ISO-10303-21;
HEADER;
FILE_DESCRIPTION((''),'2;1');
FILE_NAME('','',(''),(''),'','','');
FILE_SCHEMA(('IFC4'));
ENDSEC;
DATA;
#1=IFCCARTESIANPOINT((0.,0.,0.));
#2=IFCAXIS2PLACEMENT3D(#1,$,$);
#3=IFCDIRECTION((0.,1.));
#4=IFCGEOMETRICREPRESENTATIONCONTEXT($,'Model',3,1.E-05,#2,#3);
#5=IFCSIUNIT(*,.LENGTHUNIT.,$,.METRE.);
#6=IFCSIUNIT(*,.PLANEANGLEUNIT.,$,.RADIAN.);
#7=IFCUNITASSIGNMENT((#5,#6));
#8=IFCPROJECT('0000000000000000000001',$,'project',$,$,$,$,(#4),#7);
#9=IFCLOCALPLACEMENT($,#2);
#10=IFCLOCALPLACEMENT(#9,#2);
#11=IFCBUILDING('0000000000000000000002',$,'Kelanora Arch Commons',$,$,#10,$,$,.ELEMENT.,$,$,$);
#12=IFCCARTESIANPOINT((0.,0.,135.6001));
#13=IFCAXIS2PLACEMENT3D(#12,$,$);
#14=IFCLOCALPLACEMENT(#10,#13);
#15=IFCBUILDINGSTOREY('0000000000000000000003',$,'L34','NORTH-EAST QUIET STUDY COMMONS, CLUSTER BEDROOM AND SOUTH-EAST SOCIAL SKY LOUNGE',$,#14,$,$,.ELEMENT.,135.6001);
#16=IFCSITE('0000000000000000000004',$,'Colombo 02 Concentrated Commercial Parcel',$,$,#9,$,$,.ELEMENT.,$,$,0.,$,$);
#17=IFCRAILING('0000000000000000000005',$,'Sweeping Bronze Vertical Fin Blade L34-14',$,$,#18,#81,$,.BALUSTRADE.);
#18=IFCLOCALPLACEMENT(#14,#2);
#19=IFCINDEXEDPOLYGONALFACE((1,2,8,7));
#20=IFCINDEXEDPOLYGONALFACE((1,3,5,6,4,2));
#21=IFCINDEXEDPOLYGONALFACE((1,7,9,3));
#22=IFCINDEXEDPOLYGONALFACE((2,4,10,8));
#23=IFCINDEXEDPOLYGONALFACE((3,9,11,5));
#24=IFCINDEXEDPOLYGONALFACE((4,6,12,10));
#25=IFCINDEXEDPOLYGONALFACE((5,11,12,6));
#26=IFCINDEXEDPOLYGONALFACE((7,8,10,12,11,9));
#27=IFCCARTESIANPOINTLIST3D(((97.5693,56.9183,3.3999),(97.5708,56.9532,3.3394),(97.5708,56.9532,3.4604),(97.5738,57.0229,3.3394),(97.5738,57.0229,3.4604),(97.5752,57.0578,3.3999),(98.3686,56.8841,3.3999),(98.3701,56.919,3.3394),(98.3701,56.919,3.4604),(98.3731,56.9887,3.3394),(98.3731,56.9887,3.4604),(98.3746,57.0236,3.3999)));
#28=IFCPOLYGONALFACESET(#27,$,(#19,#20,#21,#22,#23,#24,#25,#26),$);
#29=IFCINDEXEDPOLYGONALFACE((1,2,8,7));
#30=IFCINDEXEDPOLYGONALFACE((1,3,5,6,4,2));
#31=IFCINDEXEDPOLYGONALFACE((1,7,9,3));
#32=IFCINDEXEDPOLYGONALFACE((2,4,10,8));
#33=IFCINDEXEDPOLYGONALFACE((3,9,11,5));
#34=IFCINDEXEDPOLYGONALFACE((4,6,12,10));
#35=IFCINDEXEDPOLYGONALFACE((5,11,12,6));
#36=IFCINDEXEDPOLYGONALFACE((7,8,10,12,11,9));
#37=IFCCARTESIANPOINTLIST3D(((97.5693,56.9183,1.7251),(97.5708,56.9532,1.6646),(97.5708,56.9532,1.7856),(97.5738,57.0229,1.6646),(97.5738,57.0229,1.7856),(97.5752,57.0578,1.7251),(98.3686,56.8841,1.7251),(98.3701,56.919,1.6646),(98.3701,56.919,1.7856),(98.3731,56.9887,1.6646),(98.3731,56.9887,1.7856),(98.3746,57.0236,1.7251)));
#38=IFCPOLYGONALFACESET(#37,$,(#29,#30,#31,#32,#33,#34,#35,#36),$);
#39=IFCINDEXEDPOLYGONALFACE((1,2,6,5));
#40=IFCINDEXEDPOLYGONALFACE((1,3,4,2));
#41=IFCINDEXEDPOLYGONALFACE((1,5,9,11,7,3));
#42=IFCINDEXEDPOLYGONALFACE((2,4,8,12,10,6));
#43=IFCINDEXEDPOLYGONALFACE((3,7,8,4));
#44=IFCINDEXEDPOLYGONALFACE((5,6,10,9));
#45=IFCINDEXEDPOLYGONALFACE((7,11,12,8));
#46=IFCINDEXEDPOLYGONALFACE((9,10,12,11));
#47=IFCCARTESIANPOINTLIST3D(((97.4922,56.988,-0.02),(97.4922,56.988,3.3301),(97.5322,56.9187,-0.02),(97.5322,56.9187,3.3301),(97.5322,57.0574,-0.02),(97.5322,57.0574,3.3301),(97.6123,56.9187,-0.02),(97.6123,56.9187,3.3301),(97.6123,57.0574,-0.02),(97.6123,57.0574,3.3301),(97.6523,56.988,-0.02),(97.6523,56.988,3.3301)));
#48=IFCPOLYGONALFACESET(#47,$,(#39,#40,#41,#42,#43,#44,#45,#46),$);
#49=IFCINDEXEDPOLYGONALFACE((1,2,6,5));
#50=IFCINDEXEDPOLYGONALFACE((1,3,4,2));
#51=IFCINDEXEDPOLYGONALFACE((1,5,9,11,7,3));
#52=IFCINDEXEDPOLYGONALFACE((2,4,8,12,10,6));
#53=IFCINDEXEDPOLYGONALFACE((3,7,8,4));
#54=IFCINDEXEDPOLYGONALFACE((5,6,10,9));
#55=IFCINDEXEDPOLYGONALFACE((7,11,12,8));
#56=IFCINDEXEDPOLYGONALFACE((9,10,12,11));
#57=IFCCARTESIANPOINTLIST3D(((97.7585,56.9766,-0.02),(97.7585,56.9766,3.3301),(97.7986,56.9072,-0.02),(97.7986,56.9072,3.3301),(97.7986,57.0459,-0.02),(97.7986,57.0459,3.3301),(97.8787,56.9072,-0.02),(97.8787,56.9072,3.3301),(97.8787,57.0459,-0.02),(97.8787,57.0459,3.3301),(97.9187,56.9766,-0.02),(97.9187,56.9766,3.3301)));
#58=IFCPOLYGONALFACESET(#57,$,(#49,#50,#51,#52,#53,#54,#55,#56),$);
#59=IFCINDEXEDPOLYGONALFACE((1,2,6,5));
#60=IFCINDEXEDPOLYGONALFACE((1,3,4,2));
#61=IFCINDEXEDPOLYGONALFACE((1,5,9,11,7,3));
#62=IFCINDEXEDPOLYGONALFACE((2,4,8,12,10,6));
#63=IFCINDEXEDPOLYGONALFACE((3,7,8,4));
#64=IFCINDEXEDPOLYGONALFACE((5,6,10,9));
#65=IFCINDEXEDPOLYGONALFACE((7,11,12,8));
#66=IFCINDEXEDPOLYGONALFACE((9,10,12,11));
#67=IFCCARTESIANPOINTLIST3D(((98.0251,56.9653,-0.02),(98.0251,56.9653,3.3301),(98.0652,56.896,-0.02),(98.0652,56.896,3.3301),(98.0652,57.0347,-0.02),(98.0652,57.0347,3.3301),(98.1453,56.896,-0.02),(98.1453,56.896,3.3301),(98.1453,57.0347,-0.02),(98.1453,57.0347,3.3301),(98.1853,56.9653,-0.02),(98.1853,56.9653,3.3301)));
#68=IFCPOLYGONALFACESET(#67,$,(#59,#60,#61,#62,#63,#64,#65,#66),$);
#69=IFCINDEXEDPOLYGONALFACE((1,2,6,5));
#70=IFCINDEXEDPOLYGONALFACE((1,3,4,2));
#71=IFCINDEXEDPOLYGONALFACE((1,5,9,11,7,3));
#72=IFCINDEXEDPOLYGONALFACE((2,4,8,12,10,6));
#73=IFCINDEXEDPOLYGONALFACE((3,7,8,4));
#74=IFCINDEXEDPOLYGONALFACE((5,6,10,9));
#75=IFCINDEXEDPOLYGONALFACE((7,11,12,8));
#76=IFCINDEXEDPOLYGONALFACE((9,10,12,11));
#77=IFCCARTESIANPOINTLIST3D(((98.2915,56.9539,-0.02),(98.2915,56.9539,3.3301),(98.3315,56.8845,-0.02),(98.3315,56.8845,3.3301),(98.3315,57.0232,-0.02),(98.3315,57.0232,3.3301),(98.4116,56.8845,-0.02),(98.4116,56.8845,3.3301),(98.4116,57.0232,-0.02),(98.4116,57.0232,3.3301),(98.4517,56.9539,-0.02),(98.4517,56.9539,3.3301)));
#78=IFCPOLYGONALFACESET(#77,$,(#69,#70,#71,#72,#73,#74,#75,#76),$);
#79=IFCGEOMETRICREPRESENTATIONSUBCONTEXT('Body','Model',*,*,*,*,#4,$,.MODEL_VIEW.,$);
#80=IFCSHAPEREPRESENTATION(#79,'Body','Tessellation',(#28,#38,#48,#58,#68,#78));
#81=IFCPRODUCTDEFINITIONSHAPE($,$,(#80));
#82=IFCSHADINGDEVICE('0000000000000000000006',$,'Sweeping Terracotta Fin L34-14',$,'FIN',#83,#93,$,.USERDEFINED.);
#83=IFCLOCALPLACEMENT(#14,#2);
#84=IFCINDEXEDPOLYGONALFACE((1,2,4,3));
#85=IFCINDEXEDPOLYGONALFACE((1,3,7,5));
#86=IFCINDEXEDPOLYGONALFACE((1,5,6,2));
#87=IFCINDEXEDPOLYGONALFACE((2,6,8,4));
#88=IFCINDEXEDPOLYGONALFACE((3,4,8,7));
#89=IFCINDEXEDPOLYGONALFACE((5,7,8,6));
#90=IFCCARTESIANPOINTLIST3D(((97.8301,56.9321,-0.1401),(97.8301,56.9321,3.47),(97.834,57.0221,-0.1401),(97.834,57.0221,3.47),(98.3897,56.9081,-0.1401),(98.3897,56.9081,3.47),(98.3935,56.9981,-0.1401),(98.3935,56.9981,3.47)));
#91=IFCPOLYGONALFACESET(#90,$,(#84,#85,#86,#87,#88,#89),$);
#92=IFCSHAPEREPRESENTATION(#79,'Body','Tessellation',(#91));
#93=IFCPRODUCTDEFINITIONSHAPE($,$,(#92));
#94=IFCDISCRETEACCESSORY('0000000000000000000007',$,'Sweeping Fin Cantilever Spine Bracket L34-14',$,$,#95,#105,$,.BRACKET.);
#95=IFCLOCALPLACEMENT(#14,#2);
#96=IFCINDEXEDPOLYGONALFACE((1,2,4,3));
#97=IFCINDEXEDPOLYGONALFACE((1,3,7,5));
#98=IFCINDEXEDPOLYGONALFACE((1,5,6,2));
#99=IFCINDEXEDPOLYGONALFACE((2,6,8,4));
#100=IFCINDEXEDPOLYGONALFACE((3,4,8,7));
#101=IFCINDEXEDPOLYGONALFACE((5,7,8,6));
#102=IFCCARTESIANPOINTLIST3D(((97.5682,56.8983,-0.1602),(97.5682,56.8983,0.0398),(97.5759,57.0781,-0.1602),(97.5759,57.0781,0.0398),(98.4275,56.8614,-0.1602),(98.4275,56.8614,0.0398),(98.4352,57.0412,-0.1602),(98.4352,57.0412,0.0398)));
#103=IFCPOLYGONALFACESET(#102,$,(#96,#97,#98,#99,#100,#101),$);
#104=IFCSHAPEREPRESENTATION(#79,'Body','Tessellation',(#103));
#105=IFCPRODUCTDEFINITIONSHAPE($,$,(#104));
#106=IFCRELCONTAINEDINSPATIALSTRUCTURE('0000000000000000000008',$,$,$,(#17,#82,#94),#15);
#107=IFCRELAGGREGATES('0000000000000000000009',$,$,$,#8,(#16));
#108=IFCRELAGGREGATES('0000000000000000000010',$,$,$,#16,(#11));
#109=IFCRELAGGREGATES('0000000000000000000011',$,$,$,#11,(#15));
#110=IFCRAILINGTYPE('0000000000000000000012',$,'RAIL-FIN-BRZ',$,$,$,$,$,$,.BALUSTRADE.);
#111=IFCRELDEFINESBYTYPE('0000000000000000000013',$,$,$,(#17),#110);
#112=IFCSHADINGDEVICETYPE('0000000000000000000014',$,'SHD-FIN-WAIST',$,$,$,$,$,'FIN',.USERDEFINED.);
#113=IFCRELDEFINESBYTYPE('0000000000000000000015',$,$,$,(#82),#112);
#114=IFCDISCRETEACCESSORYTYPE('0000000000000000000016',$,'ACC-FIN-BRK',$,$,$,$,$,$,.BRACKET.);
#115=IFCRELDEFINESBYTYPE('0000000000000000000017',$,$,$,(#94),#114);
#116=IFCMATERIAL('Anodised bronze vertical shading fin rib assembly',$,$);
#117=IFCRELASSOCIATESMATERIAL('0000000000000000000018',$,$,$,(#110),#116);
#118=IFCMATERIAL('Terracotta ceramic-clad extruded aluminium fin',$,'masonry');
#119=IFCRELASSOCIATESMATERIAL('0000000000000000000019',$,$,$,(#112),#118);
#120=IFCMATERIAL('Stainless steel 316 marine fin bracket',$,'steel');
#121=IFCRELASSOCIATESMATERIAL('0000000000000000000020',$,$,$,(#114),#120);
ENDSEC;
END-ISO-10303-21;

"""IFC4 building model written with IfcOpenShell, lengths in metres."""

from ifc_helpers import new_model, si_unit, direction, frame, origin, origin_2d, place, context, subcontext, project, spatial, polyline, rectangle, outline, extrude, source, transform, mapped, material, type_object, element, save


model = new_model("IFC4")

# Units and contexts
model_context = context("Model", 3, precision=1e-05, world=origin(), true_north=direction((0.0, 1.0)))
body_context = subcontext(model_context, "Body", "Model", "MODEL_VIEW")
ifc_project = project(units=[si_unit("LENGTHUNIT", "METRE"), si_unit("PLANEANGLEUNIT", "RADIAN")], contexts=[model_context])

# Site, building, storey
site_placement = place(None, origin())
site = spatial("IfcSite", under=ifc_project, at=site_placement, Name="Colombo 02 Concentrated Commercial Parcel", CompositionType="ELEMENT", RefElevation=0.0)
building_placement = place(site_placement, origin())
building = spatial("IfcBuilding", under=site, at=building_placement, Name="Kelanora Arch Commons", CompositionType="ELEMENT")
storey_placement = place(building_placement, frame((0.0, 0.0, 135.6001)))
storey = spatial("IfcBuildingStorey", under=building, at=storey_placement, Name="L34", Description="NORTH-EAST QUIET STUDY COMMONS, CLUSTER BEDROOM AND SOUTH-EAST SOCIAL SKY LOUNGE", CompositionType="ELEMENT", Elevation=135.6001)

# Railing
ifc_material_1 = material(Name="Anodised bronze vertical shading fin rib assembly")
railing_type = type_object("IfcRailingType", Name="RAIL-FIN-BRZ", PredefinedType="BALUSTRADE", material=ifc_material_1)
railing_placement = place(storey_placement, frame((97.5723, 56.988, -0.02)))
element("IfcRailing", 1, at=railing_placement, inside=storey, type_object=railing_type, Name="Sweeping Bronze Vertical Fin Blade L34-14", PredefinedType="BALUSTRADE", context=body_context, shape_type="SweptSolid", body=[
    extrude(outline(polyline([(0.0698, 0.0), (0.0349, 0.0605), (-0.0349, 0.0605), (-0.0698, 0.0), (-0.0349, -0.0605), (0.0349, -0.0605), (0.0698, 0.0)])), frame((0.0, 0.0, 3.4199), z_axis=(0.999087, -0.042722, 0.0), x_axis=(0.042722, 0.999087, 0.0)), (0.0, 0.0, 1.0), 0.8),
    extrude(outline(polyline([(0.0698, 0.0), (0.0349, 0.0605), (-0.0349, 0.0605), (-0.0698, 0.0), (-0.0349, -0.0605), (0.0349, -0.0605), (0.0698, 0.0)])), frame((0.0, 0.0, 1.7451), z_axis=(0.999087, -0.042722, 0.0), x_axis=(0.042722, 0.999087, 0.0)), (0.0, 0.0, 1.0), 0.8),
    extrude(outline(polyline([(0.0801, 0.0), (0.04, 0.0693), (-0.04, 0.0693), (-0.0801, 0.0), (-0.04, -0.0693), (0.04, -0.0693), (0.0801, 0.0)])), origin(), (0.0, 0.0, 1.0), 3.3501),
    extrude(outline(polyline([(0.0801, 0.0), (0.04, 0.0693), (-0.04, 0.0693), (-0.0801, 0.0), (-0.04, -0.0693), (0.04, -0.0693), (0.0801, 0.0)])), frame((0.2664, -0.0115, 0.0)), (0.0, 0.0, 1.0), 3.3501),
    extrude(outline(polyline([(0.0801, 0.0), (0.04, 0.0693), (-0.04, 0.0693), (-0.0801, 0.0), (-0.04, -0.0693), (0.04, -0.0693), (0.0801, 0.0)])), frame((0.533, -0.0227, 0.0)), (0.0, 0.0, 1.0), 3.3501),
    extrude(outline(polyline([(0.0801, 0.0), (0.04, 0.0693), (-0.04, 0.0693), (-0.0801, 0.0), (-0.04, -0.0693), (0.04, -0.0693), (0.0801, 0.0)])), frame((0.7993, -0.0342, 0.0)), (0.0, 0.0, 1.0), 3.3501),
])

# Shading device
ifc_material_2 = material(Name="Terracotta ceramic-clad extruded aluminium fin", Category="masonry")
shading_device_type = type_object("IfcShadingDeviceType", Name="SHD-FIN-WAIST", ElementType="FIN", PredefinedType="USERDEFINED", material=ifc_material_2)
shared_shape_1 = source(origin(), body_context, "Body", "SweptSolid", [
    extrude(rectangle(XDim=0.5601, YDim=0.0901, at=origin_2d()), origin(), (0.0, 0.0, 1.0), 3.6101),
])
shading_device_placement = place(storey_placement, frame((98.1118, 56.9651, -0.1401), z_axis=(0.0, 0.0, 1.0), x_axis=(0.999078, -0.042922, 0.0)))
element("IfcShadingDevice", 2, at=shading_device_placement, inside=storey, type_object=shading_device_type, Name="Sweeping Terracotta Fin L34-14", ObjectType="FIN", PredefinedType="USERDEFINED", context=body_context, shape_type="MappedRepresentation", body=[
    mapped(shared_shape_1, transform((0.0, 0.0, 0.0), scale=1.0)),
])

# Discrete accessory
ifc_material_3 = material(Name="Stainless steel 316 marine fin bracket", Category="steel")
discrete_accessory_type = type_object("IfcDiscreteAccessoryType", Name="ACC-FIN-BRK", PredefinedType="BRACKET", material=ifc_material_3)
shared_shape_2 = source(origin(), body_context, "Body", "SweptSolid", [
    extrude(rectangle(XDim=0.8601, YDim=0.1799, at=origin_2d()), origin(), (0.0, 0.0, 1.0), 0.2),
])
discrete_accessory_placement = place(storey_placement, frame((98.0017, 56.9697, -0.1602), z_axis=(0.0, 0.0, 1.0), x_axis=(0.999078, -0.042922, 0.0)))
element("IfcDiscreteAccessory", 3, at=discrete_accessory_placement, inside=storey, type_object=discrete_accessory_type, Name="Sweeping Fin Cantilever Spine Bracket L34-14", PredefinedType="BRACKET", context=body_context, shape_type="MappedRepresentation", body=[
    mapped(shared_shape_2, transform((0.0, 0.0, 0.0), scale=1.0)),
])

save(model, "model.ifc")
